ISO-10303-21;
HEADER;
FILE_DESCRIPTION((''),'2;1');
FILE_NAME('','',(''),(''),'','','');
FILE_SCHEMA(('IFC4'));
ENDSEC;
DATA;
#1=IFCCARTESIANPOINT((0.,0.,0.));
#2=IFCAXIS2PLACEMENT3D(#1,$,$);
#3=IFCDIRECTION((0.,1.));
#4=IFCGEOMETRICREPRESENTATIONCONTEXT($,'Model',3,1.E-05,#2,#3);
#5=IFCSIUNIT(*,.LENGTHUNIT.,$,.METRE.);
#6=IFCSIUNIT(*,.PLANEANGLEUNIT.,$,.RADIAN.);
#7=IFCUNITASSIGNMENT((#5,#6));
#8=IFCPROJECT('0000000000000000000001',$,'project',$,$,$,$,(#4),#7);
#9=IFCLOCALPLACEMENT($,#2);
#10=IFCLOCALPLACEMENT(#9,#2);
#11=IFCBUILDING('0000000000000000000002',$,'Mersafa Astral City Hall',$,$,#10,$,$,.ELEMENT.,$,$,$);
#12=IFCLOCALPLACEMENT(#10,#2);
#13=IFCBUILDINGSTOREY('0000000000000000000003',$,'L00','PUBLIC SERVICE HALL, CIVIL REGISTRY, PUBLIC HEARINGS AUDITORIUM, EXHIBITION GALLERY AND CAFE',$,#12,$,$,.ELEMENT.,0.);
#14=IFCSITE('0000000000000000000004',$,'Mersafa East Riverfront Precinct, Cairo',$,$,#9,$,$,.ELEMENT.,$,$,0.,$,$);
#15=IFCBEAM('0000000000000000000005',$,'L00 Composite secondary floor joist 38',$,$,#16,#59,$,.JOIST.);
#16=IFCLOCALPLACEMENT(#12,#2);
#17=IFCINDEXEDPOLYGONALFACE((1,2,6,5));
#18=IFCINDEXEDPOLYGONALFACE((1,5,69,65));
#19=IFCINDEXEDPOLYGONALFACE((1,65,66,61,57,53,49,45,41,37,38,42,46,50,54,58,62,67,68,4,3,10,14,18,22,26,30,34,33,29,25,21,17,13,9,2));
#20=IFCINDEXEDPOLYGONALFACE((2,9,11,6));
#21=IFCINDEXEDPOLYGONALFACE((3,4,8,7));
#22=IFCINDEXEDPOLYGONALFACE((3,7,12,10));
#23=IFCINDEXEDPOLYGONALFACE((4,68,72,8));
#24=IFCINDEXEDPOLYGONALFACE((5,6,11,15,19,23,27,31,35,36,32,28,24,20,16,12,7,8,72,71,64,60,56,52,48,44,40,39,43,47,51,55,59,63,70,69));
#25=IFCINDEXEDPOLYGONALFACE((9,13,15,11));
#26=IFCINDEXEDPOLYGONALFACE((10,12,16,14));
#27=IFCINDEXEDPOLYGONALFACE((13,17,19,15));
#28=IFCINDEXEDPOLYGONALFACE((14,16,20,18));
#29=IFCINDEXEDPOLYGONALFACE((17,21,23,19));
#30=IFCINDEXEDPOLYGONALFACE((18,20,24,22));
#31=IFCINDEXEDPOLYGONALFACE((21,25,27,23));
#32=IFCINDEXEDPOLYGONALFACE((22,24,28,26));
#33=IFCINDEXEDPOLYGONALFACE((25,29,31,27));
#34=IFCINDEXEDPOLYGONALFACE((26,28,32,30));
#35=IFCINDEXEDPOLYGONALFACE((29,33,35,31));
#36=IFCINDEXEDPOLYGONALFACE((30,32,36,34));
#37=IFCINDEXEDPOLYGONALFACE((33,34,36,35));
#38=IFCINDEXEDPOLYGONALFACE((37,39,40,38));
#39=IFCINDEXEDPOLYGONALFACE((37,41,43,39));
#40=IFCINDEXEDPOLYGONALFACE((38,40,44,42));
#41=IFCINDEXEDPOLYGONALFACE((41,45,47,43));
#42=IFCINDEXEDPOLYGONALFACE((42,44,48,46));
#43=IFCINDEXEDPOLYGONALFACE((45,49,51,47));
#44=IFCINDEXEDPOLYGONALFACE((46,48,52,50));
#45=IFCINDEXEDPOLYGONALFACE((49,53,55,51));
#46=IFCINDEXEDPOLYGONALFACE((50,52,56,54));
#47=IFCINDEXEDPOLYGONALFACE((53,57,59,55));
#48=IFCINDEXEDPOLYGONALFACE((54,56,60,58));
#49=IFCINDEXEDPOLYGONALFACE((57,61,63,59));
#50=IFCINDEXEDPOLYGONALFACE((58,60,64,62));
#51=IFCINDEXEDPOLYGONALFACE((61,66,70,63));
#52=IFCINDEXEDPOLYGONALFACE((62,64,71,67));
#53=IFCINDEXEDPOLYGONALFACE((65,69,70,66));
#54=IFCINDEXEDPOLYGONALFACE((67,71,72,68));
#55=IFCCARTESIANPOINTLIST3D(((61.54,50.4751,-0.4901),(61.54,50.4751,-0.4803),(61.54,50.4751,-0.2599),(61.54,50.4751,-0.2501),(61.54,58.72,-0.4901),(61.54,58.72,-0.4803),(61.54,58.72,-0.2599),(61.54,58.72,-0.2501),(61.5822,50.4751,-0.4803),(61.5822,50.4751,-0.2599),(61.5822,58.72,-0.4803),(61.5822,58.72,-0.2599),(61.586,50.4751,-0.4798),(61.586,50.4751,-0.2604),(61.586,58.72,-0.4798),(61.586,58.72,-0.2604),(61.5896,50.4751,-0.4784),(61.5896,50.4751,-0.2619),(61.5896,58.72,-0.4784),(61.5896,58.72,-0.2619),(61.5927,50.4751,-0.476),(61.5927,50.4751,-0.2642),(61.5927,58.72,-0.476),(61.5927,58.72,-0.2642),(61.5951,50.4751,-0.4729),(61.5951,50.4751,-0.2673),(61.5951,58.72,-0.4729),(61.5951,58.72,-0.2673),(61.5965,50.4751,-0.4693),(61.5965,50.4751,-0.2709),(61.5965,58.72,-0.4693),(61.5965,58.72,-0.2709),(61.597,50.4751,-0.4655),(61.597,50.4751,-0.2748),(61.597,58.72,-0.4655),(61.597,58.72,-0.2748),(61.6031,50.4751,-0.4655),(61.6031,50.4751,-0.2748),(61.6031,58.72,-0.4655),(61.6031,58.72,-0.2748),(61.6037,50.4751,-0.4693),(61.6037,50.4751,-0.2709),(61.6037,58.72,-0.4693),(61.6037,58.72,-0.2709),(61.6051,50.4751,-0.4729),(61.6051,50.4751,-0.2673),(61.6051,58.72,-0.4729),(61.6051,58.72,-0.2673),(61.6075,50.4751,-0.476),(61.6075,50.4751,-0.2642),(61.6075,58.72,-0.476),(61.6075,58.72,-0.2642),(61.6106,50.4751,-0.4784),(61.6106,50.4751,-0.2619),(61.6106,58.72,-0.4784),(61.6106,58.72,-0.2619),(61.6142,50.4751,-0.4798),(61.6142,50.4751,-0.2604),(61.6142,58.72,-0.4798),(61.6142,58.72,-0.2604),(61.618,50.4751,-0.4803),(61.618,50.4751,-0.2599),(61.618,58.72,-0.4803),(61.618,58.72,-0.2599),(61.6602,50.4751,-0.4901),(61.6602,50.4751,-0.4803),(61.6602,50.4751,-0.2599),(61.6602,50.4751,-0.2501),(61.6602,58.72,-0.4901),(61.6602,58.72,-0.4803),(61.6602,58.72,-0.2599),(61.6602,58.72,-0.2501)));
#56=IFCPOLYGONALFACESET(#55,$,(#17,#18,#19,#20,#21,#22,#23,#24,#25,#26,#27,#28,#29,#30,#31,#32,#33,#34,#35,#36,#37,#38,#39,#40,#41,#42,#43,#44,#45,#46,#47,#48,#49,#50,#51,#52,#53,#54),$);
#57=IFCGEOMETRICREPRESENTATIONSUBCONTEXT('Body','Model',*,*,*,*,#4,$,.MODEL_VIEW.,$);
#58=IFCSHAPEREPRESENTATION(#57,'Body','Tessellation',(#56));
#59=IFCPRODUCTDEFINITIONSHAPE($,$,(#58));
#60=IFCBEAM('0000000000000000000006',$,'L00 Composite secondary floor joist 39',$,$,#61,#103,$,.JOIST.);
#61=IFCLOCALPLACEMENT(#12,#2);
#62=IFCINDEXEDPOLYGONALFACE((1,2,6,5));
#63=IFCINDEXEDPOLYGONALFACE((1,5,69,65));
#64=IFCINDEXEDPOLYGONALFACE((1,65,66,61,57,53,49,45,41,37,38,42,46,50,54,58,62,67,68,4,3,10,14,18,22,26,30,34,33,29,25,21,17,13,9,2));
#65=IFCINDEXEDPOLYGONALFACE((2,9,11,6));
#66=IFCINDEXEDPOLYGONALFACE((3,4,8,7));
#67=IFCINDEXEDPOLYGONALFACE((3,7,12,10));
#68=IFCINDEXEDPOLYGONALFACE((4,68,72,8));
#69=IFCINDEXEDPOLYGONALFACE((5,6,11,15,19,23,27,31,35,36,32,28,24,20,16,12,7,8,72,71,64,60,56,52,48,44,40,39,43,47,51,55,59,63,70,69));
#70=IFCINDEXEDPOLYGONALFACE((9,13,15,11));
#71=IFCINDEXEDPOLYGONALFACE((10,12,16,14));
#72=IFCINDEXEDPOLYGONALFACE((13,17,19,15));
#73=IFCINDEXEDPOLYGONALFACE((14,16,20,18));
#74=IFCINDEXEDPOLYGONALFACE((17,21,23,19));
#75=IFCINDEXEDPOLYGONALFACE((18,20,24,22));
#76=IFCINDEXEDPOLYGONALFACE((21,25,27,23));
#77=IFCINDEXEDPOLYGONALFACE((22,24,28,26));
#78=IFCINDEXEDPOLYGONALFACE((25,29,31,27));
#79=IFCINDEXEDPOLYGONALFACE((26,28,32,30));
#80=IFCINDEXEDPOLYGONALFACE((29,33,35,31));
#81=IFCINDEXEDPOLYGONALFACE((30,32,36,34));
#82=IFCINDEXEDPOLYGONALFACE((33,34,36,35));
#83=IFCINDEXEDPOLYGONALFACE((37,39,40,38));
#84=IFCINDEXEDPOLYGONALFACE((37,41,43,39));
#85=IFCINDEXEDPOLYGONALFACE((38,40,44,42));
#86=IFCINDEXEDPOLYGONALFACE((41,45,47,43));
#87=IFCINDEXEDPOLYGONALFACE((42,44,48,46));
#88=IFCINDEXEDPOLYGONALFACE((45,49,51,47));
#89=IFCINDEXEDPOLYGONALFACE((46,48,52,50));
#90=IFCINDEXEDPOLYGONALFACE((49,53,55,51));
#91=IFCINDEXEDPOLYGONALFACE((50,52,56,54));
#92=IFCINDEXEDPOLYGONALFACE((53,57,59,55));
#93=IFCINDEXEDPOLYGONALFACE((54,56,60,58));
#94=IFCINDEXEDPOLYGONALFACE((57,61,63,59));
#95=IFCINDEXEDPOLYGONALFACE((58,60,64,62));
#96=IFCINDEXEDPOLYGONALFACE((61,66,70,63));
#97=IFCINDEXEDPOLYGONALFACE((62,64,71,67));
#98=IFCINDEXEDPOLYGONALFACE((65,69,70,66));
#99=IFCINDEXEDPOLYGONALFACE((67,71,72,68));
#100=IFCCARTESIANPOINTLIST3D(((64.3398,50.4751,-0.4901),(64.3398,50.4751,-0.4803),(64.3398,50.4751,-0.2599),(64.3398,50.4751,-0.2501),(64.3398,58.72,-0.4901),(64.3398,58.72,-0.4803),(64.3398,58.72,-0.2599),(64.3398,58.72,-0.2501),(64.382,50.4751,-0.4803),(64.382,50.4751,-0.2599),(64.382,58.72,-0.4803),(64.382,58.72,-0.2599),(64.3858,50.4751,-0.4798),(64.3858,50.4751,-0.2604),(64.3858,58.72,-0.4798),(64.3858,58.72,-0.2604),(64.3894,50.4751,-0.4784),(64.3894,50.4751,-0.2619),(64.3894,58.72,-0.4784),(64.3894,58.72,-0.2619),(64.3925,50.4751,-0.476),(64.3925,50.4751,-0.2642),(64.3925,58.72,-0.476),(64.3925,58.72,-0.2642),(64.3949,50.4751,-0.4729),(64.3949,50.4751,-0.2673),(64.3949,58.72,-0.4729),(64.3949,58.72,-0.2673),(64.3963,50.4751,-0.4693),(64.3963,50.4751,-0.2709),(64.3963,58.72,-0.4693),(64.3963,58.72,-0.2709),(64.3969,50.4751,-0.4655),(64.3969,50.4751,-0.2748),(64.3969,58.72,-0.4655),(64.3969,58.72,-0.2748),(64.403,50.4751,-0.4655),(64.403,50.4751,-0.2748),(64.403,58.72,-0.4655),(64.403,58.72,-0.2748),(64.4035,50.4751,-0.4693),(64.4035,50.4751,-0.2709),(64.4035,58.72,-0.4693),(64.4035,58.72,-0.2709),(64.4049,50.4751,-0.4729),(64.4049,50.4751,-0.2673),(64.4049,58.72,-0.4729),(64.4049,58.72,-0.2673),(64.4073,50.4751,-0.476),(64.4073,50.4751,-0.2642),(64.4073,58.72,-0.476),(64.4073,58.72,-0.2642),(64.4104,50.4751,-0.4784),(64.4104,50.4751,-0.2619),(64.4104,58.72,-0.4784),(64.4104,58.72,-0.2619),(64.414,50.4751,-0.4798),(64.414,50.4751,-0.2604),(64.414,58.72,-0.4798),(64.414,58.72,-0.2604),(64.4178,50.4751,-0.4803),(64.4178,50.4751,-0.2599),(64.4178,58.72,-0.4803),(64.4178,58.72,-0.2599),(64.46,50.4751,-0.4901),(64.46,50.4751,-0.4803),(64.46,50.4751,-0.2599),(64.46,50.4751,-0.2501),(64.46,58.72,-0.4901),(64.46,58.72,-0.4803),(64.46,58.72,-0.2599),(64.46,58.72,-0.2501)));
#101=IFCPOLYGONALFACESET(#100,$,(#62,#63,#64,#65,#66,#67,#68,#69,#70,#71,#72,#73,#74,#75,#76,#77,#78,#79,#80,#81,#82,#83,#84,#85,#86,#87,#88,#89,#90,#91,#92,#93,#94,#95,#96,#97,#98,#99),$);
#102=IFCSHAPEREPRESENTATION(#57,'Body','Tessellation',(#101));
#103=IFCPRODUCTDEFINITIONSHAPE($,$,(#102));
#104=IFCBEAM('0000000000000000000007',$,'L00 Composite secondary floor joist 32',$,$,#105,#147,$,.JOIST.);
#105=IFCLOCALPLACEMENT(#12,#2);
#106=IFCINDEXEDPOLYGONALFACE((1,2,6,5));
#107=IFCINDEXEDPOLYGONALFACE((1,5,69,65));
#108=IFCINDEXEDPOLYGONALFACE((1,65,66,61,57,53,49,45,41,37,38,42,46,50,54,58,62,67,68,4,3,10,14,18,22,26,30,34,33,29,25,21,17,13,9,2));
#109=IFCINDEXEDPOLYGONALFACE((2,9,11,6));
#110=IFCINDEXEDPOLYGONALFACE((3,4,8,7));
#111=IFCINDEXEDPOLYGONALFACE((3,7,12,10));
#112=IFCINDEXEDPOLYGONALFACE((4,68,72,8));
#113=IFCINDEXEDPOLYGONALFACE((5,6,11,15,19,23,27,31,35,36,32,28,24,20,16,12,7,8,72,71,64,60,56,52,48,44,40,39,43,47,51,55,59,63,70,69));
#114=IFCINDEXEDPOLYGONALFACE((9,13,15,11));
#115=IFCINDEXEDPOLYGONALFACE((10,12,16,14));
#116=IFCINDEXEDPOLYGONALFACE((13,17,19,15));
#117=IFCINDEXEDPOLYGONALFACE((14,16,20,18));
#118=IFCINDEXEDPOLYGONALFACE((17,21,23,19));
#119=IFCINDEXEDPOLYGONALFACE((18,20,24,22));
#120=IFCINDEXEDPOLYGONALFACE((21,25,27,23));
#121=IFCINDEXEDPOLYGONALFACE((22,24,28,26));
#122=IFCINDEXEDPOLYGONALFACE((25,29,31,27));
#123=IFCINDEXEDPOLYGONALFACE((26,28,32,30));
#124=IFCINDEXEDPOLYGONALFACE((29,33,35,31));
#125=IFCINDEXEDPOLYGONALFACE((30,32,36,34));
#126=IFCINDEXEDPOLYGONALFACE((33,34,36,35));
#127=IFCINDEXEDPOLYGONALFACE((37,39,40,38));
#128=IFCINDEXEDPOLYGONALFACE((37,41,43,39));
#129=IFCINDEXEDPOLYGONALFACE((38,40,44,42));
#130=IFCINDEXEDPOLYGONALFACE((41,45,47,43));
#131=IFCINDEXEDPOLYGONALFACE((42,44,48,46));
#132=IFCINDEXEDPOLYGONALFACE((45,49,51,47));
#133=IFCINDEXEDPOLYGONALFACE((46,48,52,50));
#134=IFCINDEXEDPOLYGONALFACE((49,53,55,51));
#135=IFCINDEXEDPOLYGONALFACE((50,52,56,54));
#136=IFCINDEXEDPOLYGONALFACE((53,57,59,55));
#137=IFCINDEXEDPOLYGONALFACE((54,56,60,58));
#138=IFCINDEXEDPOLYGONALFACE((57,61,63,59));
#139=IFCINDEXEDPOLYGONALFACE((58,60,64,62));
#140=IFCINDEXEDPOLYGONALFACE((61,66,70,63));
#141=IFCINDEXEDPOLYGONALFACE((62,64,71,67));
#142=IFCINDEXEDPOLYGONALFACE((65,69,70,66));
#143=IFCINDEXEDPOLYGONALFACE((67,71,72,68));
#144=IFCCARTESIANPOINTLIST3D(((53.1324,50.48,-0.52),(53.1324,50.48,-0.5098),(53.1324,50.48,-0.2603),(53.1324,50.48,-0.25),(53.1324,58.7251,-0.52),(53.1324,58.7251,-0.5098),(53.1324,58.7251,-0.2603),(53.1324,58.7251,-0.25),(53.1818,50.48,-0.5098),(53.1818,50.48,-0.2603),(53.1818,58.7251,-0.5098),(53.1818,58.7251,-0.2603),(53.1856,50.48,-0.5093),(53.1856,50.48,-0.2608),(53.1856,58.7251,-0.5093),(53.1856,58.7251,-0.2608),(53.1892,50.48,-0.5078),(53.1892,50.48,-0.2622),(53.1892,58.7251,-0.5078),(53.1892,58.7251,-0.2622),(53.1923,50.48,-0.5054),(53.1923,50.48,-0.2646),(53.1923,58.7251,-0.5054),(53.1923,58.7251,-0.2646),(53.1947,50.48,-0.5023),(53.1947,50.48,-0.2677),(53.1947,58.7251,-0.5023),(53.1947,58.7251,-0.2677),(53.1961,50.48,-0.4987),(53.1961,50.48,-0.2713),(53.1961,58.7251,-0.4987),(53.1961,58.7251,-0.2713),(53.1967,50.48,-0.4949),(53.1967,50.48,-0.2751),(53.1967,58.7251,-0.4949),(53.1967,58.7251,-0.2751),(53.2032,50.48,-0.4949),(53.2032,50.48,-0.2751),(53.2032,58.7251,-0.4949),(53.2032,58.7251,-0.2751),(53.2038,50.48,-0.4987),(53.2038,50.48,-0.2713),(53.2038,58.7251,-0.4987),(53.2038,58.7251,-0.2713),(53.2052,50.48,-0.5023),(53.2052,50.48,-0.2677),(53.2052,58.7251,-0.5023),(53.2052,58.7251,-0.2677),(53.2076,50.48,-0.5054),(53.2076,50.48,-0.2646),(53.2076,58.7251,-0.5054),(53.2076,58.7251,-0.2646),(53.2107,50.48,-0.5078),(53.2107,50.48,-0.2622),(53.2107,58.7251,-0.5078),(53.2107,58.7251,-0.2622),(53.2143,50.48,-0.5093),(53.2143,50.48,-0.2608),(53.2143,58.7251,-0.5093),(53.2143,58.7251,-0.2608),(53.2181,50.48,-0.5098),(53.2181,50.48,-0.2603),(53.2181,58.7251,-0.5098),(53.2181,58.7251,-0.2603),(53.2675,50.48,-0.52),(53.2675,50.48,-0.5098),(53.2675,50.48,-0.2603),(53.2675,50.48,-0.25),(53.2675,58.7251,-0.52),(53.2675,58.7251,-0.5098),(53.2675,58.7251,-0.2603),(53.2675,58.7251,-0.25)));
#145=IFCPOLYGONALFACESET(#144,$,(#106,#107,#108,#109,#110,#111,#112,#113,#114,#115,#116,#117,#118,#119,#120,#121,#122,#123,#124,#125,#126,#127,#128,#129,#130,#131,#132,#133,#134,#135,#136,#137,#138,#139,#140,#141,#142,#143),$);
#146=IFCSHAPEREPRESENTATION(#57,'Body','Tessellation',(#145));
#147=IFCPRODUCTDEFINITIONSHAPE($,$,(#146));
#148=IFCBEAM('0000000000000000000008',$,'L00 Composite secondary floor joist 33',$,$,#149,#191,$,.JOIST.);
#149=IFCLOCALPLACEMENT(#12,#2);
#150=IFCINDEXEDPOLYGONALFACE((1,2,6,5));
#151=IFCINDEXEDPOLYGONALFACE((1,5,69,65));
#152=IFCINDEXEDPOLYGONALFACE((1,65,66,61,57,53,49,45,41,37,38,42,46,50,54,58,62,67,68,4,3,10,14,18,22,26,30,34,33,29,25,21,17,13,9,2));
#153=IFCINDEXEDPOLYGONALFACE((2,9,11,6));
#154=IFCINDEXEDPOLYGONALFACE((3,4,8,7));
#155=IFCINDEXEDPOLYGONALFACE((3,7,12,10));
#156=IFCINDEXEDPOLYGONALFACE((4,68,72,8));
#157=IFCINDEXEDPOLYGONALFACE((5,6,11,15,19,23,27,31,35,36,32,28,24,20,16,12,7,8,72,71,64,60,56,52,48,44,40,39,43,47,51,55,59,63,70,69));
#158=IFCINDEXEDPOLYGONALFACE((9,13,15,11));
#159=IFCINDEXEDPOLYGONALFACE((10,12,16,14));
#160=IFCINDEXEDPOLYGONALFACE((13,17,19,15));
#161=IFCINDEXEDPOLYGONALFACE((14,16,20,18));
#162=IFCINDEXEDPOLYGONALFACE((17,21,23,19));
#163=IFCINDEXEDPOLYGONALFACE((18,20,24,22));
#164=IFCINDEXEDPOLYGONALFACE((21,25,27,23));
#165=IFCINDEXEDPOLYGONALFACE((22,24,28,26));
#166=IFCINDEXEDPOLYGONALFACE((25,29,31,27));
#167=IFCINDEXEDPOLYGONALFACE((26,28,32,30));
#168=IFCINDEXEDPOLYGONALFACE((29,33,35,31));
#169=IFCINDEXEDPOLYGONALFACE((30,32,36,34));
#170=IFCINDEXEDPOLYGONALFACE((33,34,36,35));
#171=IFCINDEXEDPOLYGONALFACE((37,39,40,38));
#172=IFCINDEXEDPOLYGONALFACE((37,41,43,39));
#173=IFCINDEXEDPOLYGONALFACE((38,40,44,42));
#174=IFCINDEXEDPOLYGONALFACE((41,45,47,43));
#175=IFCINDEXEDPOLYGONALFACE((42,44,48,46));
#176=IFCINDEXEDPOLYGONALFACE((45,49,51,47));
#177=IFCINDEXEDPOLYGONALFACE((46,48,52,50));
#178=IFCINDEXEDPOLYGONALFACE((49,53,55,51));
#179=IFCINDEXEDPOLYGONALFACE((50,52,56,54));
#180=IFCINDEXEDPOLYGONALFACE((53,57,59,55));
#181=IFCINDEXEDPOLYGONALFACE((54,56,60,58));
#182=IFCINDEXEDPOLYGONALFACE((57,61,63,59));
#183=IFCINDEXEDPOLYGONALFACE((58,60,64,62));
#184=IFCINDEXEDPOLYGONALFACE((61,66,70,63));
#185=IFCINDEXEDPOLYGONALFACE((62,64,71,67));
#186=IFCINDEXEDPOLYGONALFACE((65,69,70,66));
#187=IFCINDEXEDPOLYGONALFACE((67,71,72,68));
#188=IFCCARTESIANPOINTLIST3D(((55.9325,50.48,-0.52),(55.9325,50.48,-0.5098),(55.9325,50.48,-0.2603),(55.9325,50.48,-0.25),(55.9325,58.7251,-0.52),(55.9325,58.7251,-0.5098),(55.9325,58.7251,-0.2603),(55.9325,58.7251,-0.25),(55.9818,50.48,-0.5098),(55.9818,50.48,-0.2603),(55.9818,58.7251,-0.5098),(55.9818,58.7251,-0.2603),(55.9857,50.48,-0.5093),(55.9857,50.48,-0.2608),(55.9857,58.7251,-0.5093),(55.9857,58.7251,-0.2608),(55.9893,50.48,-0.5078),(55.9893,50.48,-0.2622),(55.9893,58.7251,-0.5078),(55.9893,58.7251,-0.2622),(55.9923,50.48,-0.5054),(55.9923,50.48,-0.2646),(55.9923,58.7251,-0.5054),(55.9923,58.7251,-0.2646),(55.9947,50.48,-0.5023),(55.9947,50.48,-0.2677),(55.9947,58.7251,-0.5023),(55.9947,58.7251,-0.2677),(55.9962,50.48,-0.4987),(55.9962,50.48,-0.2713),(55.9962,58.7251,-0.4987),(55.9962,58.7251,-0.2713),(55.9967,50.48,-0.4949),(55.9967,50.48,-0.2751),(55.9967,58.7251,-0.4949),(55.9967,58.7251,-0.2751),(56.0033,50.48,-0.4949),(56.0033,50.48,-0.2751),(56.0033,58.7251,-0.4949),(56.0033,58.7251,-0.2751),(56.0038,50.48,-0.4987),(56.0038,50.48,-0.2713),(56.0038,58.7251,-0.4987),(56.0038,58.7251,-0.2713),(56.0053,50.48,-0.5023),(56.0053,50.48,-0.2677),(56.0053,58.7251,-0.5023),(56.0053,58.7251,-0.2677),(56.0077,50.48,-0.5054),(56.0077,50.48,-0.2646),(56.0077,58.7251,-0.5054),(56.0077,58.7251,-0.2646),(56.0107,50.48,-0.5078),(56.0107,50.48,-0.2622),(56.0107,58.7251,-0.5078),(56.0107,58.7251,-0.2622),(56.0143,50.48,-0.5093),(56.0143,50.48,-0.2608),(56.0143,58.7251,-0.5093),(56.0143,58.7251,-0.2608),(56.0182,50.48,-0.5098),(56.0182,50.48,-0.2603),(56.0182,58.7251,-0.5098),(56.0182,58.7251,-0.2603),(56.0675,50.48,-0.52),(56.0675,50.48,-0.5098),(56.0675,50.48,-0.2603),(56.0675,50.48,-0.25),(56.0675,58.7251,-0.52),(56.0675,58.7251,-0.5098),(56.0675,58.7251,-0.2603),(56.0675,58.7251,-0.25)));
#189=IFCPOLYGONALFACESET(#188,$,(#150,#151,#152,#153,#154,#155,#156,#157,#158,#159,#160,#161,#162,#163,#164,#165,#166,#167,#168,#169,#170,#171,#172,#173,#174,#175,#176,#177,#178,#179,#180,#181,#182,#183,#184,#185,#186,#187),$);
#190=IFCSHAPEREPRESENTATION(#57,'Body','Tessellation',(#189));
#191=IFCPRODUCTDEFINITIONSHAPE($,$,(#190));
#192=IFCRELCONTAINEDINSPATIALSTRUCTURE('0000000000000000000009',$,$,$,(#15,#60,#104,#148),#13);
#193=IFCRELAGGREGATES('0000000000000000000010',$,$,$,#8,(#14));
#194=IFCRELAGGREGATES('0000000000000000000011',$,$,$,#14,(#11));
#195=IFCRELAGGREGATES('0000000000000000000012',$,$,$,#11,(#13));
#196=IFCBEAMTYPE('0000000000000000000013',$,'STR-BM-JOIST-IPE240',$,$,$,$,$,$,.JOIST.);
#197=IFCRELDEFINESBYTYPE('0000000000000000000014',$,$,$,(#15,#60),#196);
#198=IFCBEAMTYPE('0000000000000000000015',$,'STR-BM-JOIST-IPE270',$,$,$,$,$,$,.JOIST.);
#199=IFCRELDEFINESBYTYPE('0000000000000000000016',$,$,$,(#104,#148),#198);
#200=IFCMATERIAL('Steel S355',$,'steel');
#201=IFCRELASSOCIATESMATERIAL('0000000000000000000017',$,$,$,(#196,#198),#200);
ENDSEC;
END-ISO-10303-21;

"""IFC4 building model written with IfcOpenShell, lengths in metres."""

from ifc_helpers import new_model, si_unit, direction, frame, origin, origin_2d, place, context, subcontext, project, spatial, i_section, extrude, material, material_profile, profile_set, type_object, element, save


model = new_model("IFC4")

# Units and contexts
model_context = context("Model", 3, precision=1e-05, world=origin(), true_north=direction((0.0, 1.0)))
body_context = subcontext(model_context, "Body", "Model", "MODEL_VIEW")
ifc_project = project(units=[si_unit("LENGTHUNIT", "METRE"), si_unit("PLANEANGLEUNIT", "RADIAN")], contexts=[model_context])

# Site, building, storey
site_placement = place(None, origin())
site = spatial("IfcSite", under=ifc_project, at=site_placement, Name="Mersafa East Riverfront Precinct, Cairo", CompositionType="ELEMENT", RefElevation=0.0)
building_placement = place(site_placement, origin())
building = spatial("IfcBuilding", under=site, at=building_placement, Name="Mersafa Astral City Hall", CompositionType="ELEMENT")
storey_placement = place(building_placement, origin())
storey = spatial("IfcBuildingStorey", under=building, at=storey_placement, Name="L00", Description="PUBLIC SERVICE HALL, CIVIL REGISTRY, PUBLIC HEARINGS AUDITORIUM, EXHIBITION GALLERY AND CAFE", CompositionType="ELEMENT", Elevation=0.0)

# Shared definitions
ifc_material_1 = material(Name="Steel S355", Category="steel")

# Beams
ifc_material_profile_1 = material_profile(ifc_material_1, i_section(OverallWidth=0.1201, OverallDepth=0.24, WebThickness=0.0061, FlangeThickness=0.0098, FilletRadius=0.0149, at=origin_2d()), Name="IPE 240")
ifc_profile_set_1 = profile_set([ifc_material_profile_1], Name="Steel S355")
beam_type_1 = type_object("IfcBeamType", Name="STR-BM-JOIST-IPE240", PredefinedType="JOIST", material=ifc_profile_set_1)
for number, where, z_axis, x_axis, name in (
    (1, (61.6001, 50.4751, -0.3701), (0.0, 1.0, 0.0), (-1.0, 0.0, 0.0), "L00 Composite secondary floor joist 38"),
    (2, (64.3999, 50.4751, -0.3701), (0.0, 1.0, 0.0), (-1.0, 0.0, 0.0), "L00 Composite secondary floor joist 39"),
):
    element("IfcBeam", number, at=place(storey_placement, frame(where, z_axis=z_axis, x_axis=x_axis)), inside=storey, type_object=beam_type_1, Name=name, PredefinedType="JOIST", context=body_context, shape_type="SweptSolid", body=[
        extrude(i_section(OverallWidth=0.1201, OverallDepth=0.24, WebThickness=0.0061, FlangeThickness=0.0098, FilletRadius=0.0149, at=origin_2d()), origin(), (0.0, 0.0, 1.0), 8.2449),
    ])
ifc_material_profile_2 = material_profile(ifc_material_1, i_section(OverallWidth=0.135, OverallDepth=0.27, WebThickness=0.0066, FlangeThickness=0.0103, FilletRadius=0.0149, at=origin_2d()), Name="IPE 270")
ifc_profile_set_2 = profile_set([ifc_material_profile_2], Name="Steel S355")
beam_type_2 = type_object("IfcBeamType", Name="STR-BM-JOIST-IPE270", PredefinedType="JOIST", material=ifc_profile_set_2)
for number, where, z_axis, x_axis, name in (
    (3, (53.2, 50.48, -0.385), (0.0, 1.0, 0.0), (-1.0, 0.0, 0.0), "L00 Composite secondary floor joist 32"),
    (4, (56.0, 50.48, -0.385), (0.0, 1.0, 0.0), (-1.0, 0.0, 0.0), "L00 Composite secondary floor joist 33"),
):
    element("IfcBeam", number, at=place(storey_placement, frame(where, z_axis=z_axis, x_axis=x_axis)), inside=storey, type_object=beam_type_2, Name=name, PredefinedType="JOIST", context=body_context, shape_type="SweptSolid", body=[
        extrude(i_section(OverallWidth=0.135, OverallDepth=0.27, WebThickness=0.0066, FlangeThickness=0.0103, FilletRadius=0.0149, at=origin_2d()), origin(), (0.0, 0.0, 1.0), 8.2451),
    ])

save(model, "model.ifc")
